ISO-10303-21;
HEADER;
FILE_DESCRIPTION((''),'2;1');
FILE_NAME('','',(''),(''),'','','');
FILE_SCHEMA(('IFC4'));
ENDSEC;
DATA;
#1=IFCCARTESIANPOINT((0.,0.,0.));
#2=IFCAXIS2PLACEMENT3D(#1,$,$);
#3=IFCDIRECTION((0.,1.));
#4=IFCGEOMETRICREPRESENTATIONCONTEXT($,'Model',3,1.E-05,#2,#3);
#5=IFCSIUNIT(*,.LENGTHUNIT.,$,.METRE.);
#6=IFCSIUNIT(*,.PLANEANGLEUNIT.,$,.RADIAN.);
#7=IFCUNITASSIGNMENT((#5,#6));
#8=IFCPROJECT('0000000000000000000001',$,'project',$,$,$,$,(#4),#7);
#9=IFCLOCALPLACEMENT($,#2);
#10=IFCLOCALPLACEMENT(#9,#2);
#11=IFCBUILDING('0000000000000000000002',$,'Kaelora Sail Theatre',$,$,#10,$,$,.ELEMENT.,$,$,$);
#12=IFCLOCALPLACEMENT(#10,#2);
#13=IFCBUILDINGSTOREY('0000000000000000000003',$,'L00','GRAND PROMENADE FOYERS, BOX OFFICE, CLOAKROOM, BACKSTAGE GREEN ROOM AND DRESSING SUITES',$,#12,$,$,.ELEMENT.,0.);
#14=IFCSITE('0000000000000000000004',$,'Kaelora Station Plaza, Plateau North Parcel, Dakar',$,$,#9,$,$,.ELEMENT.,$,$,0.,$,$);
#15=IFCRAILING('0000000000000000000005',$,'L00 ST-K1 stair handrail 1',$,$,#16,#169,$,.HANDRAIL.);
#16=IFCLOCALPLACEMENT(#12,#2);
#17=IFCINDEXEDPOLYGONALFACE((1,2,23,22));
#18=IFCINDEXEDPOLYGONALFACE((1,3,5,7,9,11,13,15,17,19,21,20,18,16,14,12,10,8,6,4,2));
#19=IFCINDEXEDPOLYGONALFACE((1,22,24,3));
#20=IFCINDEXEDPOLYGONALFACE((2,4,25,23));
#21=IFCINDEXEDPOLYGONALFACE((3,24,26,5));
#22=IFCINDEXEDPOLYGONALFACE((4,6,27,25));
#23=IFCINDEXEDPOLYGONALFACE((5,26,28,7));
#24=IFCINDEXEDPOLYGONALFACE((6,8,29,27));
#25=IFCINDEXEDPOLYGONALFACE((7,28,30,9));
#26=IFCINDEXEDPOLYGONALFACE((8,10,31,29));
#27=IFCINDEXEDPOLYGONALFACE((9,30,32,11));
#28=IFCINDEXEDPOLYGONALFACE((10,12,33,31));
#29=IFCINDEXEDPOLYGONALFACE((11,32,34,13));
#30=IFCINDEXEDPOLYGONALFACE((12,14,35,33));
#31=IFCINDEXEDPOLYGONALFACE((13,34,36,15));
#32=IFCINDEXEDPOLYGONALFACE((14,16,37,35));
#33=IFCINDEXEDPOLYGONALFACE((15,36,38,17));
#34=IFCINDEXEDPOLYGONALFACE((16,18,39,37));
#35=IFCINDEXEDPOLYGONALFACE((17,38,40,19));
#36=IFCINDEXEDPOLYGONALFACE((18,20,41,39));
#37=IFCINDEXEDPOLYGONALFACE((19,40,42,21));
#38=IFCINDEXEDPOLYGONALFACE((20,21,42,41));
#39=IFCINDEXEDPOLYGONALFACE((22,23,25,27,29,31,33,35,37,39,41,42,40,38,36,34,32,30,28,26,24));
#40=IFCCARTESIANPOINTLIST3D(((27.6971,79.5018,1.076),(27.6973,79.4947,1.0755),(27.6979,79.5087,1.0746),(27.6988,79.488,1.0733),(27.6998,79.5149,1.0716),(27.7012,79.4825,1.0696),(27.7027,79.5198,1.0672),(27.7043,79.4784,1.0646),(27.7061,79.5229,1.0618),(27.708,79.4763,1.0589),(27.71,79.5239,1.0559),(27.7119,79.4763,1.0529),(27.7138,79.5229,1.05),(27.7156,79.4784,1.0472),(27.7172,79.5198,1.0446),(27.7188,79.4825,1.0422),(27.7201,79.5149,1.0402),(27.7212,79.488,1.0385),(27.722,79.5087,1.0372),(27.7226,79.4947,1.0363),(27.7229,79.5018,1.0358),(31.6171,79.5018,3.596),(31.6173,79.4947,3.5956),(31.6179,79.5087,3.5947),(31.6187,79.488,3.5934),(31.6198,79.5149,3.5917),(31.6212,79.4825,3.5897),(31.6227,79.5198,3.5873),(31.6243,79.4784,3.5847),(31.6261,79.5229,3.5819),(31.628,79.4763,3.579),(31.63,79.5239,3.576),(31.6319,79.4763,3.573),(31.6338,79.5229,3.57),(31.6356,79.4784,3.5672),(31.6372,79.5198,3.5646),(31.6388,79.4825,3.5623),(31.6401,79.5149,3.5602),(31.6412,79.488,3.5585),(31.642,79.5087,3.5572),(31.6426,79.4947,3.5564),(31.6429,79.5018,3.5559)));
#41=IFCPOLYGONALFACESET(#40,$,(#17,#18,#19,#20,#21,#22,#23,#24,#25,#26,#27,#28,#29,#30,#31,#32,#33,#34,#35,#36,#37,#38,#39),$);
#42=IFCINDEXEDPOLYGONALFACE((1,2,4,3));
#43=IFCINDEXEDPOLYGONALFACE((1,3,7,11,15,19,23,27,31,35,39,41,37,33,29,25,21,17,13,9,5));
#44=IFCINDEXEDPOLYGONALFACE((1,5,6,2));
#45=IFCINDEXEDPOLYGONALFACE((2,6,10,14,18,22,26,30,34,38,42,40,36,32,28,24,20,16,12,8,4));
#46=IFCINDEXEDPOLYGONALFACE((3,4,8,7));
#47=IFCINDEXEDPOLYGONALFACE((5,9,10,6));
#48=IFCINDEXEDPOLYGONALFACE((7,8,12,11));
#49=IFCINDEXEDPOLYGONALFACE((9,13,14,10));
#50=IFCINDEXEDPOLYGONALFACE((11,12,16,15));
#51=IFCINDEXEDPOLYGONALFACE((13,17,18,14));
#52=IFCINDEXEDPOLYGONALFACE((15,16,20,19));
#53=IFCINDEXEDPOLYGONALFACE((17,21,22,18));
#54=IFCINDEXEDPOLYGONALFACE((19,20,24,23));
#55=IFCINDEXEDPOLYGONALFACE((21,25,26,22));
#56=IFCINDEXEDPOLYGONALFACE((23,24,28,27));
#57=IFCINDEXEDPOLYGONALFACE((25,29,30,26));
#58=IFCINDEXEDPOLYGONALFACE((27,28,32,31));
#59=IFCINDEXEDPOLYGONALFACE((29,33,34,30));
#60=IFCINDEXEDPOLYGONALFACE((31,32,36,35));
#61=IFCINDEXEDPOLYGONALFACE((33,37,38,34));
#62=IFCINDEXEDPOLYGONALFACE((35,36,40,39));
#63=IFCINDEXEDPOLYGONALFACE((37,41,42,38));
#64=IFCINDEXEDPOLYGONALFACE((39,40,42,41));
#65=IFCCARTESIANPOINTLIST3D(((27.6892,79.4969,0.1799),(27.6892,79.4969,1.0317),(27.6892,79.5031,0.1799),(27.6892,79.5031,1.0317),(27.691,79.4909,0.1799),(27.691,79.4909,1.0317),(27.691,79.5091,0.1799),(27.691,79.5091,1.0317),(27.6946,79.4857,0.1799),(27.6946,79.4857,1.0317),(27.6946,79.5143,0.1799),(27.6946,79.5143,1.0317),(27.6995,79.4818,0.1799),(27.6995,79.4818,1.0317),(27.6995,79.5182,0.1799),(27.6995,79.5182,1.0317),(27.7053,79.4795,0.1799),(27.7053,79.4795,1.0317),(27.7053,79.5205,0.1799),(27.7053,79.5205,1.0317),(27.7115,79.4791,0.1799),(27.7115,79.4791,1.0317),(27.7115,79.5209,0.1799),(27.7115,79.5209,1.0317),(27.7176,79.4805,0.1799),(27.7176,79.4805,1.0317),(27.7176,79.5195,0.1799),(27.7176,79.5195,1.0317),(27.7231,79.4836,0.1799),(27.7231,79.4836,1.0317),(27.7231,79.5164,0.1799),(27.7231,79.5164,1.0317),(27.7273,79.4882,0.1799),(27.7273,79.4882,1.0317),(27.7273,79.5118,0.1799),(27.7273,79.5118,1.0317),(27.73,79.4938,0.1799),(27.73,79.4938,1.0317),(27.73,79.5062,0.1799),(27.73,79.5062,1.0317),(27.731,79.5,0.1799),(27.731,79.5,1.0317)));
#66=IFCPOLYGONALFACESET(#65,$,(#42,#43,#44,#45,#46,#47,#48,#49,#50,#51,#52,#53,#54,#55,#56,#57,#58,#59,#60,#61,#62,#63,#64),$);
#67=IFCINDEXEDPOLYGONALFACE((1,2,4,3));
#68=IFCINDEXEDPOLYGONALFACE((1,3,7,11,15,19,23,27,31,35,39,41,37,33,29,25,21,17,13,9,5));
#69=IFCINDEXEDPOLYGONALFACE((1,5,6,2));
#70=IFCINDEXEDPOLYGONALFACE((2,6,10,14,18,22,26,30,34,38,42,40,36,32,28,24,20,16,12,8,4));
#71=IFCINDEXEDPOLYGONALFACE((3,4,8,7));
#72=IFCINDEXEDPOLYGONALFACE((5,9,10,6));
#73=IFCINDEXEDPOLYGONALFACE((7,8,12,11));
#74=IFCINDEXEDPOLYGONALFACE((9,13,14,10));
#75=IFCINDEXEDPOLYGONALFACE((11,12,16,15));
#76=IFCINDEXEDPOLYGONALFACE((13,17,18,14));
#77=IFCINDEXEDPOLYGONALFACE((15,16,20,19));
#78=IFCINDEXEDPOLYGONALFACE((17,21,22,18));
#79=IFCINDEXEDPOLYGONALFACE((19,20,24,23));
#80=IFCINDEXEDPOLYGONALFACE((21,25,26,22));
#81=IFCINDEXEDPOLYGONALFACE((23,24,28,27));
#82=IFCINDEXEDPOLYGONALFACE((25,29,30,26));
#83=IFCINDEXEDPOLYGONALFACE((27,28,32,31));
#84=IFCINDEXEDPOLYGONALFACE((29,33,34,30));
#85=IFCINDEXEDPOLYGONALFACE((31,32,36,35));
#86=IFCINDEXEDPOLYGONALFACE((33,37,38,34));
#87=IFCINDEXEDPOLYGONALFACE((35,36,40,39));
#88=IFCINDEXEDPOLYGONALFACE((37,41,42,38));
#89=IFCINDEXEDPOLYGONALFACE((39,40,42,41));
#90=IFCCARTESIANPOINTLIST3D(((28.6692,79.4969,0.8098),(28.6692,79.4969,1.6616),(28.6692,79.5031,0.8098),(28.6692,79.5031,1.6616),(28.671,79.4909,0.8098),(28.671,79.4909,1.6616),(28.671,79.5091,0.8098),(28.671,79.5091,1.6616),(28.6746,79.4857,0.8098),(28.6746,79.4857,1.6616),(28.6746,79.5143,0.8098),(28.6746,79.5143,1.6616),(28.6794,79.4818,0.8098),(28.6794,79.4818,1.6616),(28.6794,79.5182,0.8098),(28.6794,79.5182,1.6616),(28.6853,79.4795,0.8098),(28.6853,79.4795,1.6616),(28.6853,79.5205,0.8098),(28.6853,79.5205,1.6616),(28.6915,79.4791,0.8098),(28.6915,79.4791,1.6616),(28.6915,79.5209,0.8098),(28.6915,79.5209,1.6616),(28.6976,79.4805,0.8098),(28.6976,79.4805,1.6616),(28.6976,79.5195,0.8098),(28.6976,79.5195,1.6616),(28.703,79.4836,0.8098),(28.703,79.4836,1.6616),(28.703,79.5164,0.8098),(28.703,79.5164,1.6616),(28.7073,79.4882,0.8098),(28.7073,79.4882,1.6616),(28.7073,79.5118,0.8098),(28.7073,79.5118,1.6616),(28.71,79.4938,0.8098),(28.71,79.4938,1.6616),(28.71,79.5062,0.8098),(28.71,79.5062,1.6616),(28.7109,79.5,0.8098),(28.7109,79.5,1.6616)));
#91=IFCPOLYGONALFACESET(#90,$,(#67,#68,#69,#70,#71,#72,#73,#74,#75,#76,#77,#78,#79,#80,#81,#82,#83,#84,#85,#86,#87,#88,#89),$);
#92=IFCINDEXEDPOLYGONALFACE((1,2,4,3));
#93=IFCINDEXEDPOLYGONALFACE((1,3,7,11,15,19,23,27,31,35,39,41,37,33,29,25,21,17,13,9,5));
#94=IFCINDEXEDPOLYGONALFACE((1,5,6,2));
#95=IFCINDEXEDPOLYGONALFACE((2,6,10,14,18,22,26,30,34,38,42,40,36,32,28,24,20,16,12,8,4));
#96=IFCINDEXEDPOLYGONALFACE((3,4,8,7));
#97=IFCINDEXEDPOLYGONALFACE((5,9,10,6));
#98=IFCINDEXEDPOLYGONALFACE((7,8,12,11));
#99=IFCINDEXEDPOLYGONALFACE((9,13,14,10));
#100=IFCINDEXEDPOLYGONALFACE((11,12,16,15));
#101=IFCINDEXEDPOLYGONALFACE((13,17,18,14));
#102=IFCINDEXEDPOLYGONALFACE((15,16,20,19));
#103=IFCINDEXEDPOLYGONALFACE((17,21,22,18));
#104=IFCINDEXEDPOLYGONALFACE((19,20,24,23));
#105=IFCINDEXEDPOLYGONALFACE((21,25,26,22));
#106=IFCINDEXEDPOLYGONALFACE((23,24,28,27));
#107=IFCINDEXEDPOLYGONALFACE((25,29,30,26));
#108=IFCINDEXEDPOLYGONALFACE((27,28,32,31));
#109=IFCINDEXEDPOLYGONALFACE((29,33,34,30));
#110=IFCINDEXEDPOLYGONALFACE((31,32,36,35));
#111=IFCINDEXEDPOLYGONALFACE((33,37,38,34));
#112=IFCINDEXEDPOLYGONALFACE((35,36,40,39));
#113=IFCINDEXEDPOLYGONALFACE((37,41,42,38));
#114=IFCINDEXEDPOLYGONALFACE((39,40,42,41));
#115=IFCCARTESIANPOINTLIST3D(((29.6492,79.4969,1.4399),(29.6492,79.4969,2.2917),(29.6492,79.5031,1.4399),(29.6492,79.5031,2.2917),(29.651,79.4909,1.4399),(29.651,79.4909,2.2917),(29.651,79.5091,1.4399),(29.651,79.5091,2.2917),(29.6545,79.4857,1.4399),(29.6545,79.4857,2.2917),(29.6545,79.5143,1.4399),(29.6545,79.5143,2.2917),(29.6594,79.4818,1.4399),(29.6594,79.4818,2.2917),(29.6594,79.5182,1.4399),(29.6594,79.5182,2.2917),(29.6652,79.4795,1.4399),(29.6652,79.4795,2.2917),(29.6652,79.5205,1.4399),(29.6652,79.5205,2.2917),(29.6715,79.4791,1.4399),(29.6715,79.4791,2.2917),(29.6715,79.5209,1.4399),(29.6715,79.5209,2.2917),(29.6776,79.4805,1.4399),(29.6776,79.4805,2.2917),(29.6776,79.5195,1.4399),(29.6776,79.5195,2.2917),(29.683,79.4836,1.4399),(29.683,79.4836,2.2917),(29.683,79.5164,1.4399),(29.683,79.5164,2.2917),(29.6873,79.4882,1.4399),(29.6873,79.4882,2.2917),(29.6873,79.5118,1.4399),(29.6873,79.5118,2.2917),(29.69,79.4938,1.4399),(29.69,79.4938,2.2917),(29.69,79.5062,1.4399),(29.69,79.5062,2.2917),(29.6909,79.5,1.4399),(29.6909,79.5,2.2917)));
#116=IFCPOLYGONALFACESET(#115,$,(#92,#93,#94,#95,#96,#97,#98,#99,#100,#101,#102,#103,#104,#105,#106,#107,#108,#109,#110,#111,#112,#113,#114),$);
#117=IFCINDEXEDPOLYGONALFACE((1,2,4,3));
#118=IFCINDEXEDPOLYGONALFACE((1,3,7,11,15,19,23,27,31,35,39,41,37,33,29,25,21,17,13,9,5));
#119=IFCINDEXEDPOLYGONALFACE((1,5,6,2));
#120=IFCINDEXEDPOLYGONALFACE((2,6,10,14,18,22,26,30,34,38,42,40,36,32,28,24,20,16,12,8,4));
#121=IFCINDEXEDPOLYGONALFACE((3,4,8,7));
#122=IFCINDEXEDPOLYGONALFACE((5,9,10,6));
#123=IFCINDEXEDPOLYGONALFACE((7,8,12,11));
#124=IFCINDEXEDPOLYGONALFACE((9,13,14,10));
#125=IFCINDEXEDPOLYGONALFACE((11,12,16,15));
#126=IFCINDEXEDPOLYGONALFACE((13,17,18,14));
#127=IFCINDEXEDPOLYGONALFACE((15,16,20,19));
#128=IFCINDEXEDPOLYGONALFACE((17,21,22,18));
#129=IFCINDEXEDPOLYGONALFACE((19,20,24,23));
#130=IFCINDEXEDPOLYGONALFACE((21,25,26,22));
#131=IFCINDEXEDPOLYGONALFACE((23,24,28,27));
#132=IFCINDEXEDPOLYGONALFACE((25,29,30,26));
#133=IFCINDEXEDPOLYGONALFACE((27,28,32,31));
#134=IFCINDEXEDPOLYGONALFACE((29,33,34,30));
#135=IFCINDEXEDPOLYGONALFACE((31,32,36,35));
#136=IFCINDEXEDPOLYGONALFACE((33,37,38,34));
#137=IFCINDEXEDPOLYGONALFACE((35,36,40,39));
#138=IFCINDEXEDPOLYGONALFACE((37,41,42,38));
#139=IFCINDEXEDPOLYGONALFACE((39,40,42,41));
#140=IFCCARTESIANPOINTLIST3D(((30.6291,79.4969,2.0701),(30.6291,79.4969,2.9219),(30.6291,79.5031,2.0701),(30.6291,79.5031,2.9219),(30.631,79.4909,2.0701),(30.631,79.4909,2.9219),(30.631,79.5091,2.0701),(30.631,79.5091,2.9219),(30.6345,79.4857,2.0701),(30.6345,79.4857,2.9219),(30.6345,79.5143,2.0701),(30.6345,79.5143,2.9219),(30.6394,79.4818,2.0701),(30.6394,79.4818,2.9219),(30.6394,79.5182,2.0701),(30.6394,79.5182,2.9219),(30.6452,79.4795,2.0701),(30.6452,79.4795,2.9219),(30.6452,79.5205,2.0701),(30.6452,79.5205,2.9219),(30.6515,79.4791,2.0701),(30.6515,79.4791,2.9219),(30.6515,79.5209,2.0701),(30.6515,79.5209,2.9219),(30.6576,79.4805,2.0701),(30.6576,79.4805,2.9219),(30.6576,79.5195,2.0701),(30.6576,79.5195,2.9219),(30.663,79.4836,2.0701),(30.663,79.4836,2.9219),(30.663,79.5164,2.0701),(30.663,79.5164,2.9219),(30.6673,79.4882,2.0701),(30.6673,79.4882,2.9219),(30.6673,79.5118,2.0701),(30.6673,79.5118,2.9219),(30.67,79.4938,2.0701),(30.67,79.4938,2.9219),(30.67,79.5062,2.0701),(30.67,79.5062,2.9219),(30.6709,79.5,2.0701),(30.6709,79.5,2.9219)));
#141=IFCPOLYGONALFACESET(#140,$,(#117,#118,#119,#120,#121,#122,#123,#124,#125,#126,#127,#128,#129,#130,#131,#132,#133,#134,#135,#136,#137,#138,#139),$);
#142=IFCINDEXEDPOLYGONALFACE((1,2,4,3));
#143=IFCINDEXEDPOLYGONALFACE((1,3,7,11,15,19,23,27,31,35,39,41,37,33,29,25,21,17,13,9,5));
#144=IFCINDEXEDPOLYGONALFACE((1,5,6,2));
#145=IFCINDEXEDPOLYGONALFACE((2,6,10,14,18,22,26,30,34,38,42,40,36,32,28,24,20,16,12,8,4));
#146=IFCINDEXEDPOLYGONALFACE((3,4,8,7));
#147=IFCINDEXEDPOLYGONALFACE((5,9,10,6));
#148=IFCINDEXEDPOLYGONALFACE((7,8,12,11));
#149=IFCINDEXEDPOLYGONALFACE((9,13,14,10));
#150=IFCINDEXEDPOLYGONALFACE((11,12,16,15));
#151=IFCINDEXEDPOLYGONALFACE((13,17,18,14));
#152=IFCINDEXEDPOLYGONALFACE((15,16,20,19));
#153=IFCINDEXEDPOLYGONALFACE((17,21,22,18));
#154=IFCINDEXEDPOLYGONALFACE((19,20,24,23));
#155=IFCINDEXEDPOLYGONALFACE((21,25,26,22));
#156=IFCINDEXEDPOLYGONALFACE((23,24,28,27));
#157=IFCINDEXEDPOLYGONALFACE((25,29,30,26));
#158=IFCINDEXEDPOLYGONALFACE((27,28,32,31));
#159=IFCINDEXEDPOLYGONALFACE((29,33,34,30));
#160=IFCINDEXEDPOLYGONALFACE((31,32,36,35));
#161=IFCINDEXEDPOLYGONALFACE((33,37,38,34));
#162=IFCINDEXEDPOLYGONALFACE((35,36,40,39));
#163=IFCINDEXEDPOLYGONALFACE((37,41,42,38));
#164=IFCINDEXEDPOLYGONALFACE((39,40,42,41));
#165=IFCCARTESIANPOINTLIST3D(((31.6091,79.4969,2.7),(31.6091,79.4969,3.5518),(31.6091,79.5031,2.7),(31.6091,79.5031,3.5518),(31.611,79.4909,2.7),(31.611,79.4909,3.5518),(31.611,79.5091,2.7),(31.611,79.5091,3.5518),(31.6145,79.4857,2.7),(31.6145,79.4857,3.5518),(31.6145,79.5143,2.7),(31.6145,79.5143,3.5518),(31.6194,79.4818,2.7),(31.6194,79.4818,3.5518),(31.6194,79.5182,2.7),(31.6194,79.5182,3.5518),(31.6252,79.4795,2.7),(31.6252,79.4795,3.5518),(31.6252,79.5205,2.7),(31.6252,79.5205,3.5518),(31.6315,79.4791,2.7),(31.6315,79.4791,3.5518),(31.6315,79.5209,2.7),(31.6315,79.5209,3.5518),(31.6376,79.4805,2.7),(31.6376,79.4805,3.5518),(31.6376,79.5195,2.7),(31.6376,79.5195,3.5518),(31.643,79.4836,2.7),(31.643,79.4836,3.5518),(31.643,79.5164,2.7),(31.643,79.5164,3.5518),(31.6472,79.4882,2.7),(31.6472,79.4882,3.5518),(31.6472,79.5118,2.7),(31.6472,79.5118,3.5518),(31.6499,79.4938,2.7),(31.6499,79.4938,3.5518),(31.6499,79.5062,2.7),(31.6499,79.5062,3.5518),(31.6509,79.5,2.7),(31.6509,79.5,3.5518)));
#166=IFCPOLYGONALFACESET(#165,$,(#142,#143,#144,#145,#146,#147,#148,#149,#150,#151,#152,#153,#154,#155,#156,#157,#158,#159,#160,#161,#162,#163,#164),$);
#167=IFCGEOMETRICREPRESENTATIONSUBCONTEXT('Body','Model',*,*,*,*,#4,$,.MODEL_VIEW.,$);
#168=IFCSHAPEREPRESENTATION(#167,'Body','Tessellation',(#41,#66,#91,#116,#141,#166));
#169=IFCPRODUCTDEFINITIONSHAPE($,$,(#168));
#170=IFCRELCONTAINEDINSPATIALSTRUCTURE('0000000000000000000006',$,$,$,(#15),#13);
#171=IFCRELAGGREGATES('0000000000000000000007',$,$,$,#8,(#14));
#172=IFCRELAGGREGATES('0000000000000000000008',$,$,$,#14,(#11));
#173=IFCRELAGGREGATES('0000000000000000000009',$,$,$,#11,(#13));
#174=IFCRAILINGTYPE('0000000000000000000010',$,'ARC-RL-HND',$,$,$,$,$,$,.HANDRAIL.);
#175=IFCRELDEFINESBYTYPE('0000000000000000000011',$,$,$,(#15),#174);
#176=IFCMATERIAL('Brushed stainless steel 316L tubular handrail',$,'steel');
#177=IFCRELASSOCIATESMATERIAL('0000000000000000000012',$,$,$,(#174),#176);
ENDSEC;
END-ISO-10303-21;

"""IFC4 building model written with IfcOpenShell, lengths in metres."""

from ifc_helpers import new_model, si_unit, direction, frame, origin, origin_2d, place, context, subcontext, project, spatial, circle, extrude, material, type_object, element, save


model = new_model("IFC4")

# Units and contexts
model_context = context("Model", 3, precision=1e-05, world=origin(), true_north=direction((0.0, 1.0)))
body_context = subcontext(model_context, "Body", "Model", "MODEL_VIEW")
ifc_project = project(units=[si_unit("LENGTHUNIT", "METRE"), si_unit("PLANEANGLEUNIT", "RADIAN")], contexts=[model_context])

# Site, building, storey
site_placement = place(None, origin())
site = spatial("IfcSite", under=ifc_project, at=site_placement, Name="Kaelora Station Plaza, Plateau North Parcel, Dakar", CompositionType="ELEMENT", RefElevation=0.0)
building_placement = place(site_placement, origin())
building = spatial("IfcBuilding", under=site, at=building_placement, Name="Kaelora Sail Theatre", CompositionType="ELEMENT")
storey_placement = place(building_placement, origin())
storey = spatial("IfcBuildingStorey", under=building, at=storey_placement, Name="L00", Description="GRAND PROMENADE FOYERS, BOX OFFICE, CLOAKROOM, BACKSTAGE GREEN ROOM AND DRESSING SUITES", CompositionType="ELEMENT", Elevation=0.0)

# Railing
ifc_material_1 = material(Name="Brushed stainless steel 316L tubular handrail", Category="steel")
railing_type_1 = type_object("IfcRailingType", Name="ARC-RL-HND", PredefinedType="HANDRAIL", material=ifc_material_1)
railing_1_placement = place(storey_placement, frame((27.71, 79.5, 0.1799)))
element("IfcRailing", 1, at=railing_1_placement, inside=storey, type_object=railing_type_1, Name="L00 ST-K1 stair handrail 1", PredefinedType="HANDRAIL", context=body_context, shape_type="SweptSolid", body=[
    extrude(circle(Radius=0.0239, at=origin_2d()), frame((0.0, 0.0, 0.876), z_axis=(0.841172, 0.0, 0.540768), x_axis=(0.0, 1.0, 0.0)), (0.0, 0.0, 1.0), 4.6602),
    extrude(circle(Radius=0.021, at=origin_2d()), origin(), (0.0, 0.0, 1.0), 0.8518),
    extrude(circle(Radius=0.021, at=origin_2d()), frame((0.98, 0.0, 0.6299)), (0.0, 0.0, 1.0), 0.8518),
    extrude(circle(Radius=0.021, at=origin_2d()), frame((1.96, 0.0, 1.26)), (0.0, 0.0, 1.0), 0.8518),
    extrude(circle(Radius=0.021, at=origin_2d()), frame((2.9399, 0.0, 1.8901)), (0.0, 0.0, 1.0), 0.8518),
    extrude(circle(Radius=0.021, at=origin_2d()), frame((3.9199, 0.0, 2.52)), (0.0, 0.0, 1.0), 0.8518),
])

save(model, "model.ifc")
